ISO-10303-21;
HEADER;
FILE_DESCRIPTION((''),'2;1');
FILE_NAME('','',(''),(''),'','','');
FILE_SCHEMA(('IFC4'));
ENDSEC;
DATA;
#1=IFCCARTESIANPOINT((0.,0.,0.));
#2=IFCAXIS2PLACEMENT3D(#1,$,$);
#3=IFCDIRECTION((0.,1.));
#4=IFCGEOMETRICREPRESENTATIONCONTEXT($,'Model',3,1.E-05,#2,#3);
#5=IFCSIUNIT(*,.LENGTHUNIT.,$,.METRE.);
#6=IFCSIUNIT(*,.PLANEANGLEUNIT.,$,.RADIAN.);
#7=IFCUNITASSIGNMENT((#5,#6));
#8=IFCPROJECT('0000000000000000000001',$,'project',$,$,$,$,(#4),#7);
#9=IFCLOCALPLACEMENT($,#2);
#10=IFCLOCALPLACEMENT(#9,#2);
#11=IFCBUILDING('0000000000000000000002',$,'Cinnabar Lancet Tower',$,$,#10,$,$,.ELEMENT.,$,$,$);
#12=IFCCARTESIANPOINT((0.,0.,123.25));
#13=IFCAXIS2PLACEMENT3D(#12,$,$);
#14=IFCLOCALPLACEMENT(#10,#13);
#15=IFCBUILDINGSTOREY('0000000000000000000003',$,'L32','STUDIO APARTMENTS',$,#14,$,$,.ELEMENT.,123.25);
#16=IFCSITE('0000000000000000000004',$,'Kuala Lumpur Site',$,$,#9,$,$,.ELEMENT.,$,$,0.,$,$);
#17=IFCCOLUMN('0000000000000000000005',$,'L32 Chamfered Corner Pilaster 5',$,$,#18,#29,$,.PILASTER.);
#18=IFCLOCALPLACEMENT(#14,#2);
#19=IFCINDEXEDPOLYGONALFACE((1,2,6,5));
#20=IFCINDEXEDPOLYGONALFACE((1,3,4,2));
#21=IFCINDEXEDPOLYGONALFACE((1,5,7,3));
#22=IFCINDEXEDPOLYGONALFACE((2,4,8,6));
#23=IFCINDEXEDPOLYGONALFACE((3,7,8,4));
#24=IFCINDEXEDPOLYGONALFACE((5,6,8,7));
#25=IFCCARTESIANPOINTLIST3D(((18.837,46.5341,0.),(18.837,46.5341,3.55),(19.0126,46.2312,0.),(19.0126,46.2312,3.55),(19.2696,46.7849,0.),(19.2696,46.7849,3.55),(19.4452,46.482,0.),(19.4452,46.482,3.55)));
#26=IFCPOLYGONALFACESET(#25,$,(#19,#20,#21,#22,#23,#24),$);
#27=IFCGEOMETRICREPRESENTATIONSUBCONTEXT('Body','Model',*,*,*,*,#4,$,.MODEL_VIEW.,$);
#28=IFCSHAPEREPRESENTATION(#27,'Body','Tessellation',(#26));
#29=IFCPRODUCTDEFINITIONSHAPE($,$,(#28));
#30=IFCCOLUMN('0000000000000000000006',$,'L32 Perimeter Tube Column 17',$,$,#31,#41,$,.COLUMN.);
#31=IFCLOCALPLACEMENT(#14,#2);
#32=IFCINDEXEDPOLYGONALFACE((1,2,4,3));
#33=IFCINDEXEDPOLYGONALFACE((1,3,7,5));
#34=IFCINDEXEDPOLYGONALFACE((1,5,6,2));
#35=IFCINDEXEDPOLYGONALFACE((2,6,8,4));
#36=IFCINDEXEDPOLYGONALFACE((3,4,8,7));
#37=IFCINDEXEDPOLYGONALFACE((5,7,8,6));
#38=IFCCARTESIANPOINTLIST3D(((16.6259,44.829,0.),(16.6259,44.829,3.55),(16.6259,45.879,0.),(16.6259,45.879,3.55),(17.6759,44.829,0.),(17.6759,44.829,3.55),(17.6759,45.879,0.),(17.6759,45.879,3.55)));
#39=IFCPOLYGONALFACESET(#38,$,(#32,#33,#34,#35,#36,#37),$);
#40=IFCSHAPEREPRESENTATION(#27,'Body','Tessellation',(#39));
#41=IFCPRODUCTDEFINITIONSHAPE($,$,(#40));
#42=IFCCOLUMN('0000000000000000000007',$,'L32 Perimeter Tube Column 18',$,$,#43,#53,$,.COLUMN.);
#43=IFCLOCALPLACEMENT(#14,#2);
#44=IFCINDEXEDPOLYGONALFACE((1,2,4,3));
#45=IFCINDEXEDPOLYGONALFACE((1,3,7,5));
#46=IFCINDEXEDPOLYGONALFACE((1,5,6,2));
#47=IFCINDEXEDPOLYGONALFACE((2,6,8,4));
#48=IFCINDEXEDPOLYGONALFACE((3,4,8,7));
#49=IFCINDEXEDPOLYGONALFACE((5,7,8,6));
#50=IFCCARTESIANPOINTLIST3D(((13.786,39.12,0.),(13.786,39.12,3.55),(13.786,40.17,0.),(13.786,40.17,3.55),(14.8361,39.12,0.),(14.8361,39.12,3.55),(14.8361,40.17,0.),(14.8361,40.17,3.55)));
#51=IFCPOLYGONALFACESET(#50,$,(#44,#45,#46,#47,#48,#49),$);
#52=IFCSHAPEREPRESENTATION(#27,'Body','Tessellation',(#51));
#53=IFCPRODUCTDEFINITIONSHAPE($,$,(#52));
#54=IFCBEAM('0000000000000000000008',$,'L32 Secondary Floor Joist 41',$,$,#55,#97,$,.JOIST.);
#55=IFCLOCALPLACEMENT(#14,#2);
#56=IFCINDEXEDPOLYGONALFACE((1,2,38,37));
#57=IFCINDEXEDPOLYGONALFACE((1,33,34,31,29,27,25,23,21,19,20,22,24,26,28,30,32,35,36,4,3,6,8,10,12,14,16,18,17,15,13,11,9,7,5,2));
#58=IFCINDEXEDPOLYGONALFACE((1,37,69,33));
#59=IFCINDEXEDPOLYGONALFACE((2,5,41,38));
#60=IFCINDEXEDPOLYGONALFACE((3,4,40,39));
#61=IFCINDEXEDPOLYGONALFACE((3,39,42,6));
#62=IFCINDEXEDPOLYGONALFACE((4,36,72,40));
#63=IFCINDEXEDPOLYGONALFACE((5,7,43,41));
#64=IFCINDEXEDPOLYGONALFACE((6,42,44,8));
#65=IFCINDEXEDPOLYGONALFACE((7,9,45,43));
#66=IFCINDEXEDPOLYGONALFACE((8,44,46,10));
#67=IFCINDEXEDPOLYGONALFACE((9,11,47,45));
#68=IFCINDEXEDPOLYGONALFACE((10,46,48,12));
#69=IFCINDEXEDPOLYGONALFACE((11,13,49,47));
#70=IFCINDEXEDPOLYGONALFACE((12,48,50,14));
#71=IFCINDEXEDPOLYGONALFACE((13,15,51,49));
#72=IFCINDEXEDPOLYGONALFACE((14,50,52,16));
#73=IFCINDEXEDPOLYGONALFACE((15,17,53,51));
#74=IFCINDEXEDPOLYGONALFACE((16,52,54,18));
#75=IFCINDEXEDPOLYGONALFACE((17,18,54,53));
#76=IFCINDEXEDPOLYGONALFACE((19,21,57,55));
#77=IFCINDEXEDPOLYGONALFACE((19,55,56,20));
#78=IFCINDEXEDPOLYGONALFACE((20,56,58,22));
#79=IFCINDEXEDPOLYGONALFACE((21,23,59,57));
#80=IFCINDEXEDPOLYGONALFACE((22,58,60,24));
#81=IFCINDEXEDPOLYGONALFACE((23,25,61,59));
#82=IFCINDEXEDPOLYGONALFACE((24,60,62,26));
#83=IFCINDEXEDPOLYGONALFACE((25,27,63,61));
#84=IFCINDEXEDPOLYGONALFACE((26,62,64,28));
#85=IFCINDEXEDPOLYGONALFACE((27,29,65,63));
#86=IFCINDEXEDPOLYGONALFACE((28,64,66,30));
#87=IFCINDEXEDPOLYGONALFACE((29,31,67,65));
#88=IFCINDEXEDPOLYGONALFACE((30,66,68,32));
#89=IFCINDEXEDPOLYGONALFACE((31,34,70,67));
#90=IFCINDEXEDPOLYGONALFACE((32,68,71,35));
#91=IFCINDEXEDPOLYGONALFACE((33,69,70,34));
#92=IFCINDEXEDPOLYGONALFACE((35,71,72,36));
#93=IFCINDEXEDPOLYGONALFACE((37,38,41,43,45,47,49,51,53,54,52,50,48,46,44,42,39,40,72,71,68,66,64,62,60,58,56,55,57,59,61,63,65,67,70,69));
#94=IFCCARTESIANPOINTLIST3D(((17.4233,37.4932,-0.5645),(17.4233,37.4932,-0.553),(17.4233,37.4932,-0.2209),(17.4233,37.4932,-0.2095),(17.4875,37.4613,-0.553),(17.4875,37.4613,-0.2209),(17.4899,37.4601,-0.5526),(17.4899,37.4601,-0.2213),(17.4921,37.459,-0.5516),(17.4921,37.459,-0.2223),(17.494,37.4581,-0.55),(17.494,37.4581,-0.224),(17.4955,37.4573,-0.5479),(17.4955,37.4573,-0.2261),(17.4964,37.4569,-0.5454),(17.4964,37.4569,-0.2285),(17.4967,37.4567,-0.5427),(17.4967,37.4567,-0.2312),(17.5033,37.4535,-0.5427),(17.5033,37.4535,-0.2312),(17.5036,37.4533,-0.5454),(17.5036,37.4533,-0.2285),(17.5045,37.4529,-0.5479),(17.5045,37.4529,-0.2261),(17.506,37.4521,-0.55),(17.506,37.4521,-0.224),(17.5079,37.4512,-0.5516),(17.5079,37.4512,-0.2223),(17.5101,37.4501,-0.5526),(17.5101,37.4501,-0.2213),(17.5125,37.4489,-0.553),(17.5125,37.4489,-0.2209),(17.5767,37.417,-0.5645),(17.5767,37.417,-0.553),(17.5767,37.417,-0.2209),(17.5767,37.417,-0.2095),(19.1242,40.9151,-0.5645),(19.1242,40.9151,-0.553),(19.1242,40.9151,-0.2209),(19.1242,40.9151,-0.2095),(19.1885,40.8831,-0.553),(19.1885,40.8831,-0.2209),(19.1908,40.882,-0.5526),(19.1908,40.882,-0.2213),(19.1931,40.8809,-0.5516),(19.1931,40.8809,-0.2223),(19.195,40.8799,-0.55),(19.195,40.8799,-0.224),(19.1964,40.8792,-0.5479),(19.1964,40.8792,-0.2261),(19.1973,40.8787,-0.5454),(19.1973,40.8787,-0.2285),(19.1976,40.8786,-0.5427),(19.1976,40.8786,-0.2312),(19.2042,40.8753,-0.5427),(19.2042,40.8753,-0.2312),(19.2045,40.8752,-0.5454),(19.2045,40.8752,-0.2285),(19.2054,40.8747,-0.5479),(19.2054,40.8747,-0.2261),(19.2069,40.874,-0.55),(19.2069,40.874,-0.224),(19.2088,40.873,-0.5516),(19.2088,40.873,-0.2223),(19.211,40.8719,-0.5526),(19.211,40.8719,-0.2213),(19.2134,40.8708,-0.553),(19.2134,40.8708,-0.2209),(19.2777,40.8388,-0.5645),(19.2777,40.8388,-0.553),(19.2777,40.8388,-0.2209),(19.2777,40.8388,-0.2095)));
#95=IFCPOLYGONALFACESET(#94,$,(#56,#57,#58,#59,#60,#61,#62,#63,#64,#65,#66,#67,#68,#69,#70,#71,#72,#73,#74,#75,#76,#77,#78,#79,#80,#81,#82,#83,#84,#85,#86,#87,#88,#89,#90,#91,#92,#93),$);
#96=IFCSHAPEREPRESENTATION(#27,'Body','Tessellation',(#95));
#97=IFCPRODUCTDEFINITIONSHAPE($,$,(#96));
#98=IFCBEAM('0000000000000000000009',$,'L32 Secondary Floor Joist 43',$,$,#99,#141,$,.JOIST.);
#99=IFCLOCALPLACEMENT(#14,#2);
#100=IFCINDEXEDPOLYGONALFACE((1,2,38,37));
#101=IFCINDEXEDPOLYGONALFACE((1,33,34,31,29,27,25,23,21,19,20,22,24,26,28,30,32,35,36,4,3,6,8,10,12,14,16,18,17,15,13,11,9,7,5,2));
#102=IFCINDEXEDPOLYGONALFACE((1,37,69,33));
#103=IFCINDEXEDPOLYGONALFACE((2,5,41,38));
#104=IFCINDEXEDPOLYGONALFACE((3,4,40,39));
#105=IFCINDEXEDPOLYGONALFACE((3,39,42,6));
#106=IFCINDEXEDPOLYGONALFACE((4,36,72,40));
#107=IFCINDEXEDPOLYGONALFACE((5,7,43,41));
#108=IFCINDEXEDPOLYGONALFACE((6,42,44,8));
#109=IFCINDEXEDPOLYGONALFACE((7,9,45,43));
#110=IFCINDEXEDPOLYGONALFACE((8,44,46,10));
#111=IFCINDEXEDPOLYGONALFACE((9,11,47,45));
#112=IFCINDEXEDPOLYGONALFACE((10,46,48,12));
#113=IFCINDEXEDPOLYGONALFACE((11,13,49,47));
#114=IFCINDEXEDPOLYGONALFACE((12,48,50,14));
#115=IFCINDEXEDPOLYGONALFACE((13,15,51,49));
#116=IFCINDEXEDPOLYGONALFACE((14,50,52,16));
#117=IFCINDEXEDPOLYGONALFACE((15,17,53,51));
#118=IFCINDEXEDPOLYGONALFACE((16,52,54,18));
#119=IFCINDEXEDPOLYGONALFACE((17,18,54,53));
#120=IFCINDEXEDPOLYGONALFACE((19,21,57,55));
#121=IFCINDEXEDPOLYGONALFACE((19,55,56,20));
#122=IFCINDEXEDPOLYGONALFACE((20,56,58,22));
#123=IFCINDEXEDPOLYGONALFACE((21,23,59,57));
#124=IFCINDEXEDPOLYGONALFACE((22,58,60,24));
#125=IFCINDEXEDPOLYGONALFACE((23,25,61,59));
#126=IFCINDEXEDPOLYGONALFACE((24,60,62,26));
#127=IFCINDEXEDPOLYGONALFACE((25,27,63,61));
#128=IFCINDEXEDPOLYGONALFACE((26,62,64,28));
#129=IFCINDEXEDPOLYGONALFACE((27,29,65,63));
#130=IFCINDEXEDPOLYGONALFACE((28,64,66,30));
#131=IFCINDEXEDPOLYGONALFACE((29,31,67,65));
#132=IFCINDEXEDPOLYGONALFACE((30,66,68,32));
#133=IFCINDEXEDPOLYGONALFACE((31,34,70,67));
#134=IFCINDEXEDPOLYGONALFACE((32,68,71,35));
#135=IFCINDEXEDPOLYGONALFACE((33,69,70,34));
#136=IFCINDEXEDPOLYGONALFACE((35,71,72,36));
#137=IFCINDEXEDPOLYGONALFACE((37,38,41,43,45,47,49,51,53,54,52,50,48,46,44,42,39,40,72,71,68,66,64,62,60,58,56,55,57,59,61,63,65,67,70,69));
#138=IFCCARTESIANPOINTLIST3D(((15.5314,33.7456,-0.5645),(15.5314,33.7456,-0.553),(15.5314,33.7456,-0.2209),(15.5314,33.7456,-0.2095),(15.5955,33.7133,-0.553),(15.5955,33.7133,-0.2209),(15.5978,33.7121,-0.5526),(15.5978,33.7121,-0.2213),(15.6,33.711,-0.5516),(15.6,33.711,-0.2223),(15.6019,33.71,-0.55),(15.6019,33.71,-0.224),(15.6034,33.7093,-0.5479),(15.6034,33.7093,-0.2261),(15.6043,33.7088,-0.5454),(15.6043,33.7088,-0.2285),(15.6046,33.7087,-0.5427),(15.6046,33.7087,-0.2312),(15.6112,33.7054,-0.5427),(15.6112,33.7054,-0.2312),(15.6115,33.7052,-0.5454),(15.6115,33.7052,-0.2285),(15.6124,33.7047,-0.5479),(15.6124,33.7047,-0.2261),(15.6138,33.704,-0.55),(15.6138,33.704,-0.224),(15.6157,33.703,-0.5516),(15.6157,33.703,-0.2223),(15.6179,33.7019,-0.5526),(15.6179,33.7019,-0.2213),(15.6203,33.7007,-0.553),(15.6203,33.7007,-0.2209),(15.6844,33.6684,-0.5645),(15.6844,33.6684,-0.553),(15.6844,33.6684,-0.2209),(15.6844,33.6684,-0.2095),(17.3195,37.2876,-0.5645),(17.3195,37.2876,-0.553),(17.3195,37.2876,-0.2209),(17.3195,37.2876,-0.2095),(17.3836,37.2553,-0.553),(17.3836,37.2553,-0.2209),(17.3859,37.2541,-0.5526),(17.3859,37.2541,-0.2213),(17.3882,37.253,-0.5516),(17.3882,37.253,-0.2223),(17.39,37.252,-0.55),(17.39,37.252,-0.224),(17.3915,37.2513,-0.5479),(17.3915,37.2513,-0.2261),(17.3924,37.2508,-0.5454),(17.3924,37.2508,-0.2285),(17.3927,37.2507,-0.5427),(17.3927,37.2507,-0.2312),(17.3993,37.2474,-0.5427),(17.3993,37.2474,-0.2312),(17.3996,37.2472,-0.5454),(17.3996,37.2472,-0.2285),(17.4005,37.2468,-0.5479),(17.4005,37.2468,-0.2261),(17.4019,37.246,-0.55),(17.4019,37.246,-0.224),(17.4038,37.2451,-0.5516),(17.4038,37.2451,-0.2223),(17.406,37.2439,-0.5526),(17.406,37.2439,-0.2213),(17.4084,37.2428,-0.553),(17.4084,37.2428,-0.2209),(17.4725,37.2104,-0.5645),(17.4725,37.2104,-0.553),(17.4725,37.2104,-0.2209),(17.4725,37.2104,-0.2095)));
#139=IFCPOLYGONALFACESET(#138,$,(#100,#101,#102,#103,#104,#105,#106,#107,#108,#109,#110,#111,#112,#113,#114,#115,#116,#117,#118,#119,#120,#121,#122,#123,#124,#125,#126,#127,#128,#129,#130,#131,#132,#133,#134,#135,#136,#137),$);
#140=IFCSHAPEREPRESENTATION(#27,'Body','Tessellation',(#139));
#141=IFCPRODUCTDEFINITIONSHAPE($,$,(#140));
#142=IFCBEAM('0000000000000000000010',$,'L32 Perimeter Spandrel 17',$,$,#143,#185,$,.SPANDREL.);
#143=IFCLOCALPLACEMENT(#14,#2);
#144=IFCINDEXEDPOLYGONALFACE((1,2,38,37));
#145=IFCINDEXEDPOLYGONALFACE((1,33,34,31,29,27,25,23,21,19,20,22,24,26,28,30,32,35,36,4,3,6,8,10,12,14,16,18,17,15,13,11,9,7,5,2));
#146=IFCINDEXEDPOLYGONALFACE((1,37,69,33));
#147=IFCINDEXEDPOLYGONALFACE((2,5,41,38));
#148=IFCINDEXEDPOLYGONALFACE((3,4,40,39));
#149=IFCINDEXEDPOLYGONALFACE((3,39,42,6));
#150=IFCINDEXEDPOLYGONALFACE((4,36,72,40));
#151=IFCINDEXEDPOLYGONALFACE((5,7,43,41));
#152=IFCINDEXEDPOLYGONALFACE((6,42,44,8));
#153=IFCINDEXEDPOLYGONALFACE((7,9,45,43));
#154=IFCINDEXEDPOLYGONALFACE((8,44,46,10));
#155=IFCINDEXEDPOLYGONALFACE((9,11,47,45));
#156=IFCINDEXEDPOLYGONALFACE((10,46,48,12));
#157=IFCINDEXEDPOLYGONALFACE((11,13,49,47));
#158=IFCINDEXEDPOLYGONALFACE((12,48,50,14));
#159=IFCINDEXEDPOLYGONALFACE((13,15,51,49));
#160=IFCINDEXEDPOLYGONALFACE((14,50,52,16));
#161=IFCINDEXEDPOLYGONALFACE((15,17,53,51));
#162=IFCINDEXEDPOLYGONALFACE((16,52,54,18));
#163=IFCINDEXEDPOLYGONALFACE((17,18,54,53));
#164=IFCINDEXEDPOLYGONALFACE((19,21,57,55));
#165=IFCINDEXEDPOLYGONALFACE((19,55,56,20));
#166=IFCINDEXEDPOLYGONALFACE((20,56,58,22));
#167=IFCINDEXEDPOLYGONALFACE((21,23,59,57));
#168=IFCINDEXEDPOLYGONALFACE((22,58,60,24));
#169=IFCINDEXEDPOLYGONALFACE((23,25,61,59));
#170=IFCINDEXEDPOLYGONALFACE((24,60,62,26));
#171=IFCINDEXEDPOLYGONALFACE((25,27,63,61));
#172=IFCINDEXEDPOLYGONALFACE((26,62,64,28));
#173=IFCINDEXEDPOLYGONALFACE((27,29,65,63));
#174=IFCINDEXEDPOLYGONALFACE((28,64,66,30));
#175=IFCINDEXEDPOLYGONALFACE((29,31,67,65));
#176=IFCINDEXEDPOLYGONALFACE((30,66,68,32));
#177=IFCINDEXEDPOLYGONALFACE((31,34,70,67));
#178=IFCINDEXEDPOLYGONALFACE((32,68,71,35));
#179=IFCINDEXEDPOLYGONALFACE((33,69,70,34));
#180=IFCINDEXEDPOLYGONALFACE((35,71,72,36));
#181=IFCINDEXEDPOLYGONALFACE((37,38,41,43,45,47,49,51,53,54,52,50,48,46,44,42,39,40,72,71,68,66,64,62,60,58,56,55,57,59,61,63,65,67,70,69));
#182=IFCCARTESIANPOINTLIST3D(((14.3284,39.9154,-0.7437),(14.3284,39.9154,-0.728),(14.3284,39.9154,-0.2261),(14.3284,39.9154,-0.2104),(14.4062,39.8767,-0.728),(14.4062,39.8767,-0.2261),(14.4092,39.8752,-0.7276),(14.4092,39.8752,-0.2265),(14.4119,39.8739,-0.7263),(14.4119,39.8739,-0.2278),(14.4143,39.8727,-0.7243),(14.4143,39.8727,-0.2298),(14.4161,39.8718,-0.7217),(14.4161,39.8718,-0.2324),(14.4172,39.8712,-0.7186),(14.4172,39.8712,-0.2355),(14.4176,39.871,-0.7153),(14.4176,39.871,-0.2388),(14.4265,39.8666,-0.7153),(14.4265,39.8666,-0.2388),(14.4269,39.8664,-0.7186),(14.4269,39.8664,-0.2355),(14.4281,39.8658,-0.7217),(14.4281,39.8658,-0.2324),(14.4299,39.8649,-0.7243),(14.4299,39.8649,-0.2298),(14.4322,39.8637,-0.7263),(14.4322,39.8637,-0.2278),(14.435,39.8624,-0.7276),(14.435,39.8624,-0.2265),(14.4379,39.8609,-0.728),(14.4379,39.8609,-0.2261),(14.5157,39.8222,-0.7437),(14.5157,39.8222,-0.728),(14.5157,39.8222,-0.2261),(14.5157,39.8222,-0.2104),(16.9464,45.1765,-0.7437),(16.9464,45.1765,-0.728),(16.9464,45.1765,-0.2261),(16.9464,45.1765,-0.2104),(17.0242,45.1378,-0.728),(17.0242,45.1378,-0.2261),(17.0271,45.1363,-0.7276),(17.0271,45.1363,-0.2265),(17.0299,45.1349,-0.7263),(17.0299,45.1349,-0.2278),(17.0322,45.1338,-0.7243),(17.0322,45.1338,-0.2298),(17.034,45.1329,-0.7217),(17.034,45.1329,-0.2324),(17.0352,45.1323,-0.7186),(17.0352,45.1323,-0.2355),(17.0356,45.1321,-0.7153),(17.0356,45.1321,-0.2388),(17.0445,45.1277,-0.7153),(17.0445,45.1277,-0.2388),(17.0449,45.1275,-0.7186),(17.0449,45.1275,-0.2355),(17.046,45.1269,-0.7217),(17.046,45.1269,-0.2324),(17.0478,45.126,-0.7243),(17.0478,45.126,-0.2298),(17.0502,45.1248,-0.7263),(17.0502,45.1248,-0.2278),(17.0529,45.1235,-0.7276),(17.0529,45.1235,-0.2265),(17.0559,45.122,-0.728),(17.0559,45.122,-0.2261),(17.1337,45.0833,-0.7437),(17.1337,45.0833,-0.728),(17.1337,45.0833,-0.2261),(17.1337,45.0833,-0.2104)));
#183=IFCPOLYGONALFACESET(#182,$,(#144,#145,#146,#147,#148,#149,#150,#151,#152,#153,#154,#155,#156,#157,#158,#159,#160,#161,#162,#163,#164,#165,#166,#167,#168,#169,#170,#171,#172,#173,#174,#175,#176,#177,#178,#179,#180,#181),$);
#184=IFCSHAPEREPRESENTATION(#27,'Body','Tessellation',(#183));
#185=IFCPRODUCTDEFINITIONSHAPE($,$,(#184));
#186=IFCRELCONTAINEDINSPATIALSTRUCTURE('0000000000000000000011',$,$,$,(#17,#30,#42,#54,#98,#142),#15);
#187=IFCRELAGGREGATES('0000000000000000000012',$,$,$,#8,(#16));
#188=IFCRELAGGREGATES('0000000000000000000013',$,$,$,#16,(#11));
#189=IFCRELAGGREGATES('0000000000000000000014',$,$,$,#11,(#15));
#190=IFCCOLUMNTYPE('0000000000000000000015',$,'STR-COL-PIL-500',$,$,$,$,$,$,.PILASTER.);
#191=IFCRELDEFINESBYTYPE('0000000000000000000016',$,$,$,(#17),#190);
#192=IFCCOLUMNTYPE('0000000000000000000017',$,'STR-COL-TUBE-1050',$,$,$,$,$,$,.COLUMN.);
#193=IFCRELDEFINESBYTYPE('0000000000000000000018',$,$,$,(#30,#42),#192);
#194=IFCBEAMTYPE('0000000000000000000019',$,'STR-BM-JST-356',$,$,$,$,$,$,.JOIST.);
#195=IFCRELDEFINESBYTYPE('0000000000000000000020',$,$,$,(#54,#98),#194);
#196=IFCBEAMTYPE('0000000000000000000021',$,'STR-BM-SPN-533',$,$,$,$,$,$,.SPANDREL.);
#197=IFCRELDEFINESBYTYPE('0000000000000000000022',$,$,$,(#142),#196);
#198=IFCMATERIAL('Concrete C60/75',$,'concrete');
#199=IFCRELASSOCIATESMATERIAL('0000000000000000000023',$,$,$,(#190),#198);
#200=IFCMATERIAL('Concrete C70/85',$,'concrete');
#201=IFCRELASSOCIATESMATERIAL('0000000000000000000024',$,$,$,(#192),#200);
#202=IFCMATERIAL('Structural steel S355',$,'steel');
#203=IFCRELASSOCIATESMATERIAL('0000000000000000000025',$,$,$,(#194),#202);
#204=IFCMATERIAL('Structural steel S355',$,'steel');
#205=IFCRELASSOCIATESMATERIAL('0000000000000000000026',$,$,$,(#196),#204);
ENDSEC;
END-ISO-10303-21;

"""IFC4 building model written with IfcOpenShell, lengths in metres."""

from ifc_helpers import new_model, si_unit, direction, frame, origin, origin_2d, place, context, subcontext, project, spatial, rectangle, i_section, extrude, material, material_profile, profile_set, type_object, element, save


model = new_model("IFC4")

# Units and contexts
model_context = context("Model", 3, precision=1e-05, world=origin(), true_north=direction((0.0, 1.0)))
body_context = subcontext(model_context, "Body", "Model", "MODEL_VIEW")
ifc_project = project(units=[si_unit("LENGTHUNIT", "METRE"), si_unit("PLANEANGLEUNIT", "RADIAN")], contexts=[model_context])

# Site, building, storey
site_placement = place(None, origin())
site = spatial("IfcSite", under=ifc_project, at=site_placement, Name="Kuala Lumpur Site", CompositionType="ELEMENT", RefElevation=0.0)
building_placement = place(site_placement, origin())
building = spatial("IfcBuilding", under=site, at=building_placement, Name="Cinnabar Lancet Tower", CompositionType="ELEMENT")
storey_placement = place(building_placement, frame((0.0, 0.0, 123.25)))
storey = spatial("IfcBuildingStorey", under=building, at=storey_placement, Name="L32", Description="STUDIO APARTMENTS", CompositionType="ELEMENT", Elevation=123.25)

# Columns
ifc_material_1 = material(Name="Concrete C60/75", Category="concrete")
ifc_material_profile_1 = material_profile(ifc_material_1, rectangle(XDim=0.5, YDim=0.3501, at=origin_2d()), Name="RC-PIL 500x350")
ifc_profile_set_1 = profile_set([ifc_material_profile_1], Name="Concrete C60/75")
column_type_1 = type_object("IfcColumnType", Name="STR-COL-PIL-500", PredefinedType="PILASTER", material=ifc_profile_set_1)
column_placement = place(storey_placement, frame((19.1411, 46.5081, 0.0), z_axis=(0.0, 0.0, 1.0), x_axis=(-0.86516, -0.501496, 0.0)))
element("IfcColumn", 1, at=column_placement, inside=storey, type_object=column_type_1, Name="L32 Chamfered Corner Pilaster 5", PredefinedType="PILASTER", context=body_context, shape_type="SweptSolid", body=[
    extrude(rectangle(XDim=0.5, YDim=0.3501, at=origin_2d()), origin(), (0.0, 0.0, 1.0), 3.55),
])
ifc_material_2 = material(Name="Concrete C70/85", Category="concrete")
ifc_material_profile_2 = material_profile(ifc_material_2, rectangle(XDim=1.05, YDim=1.05, at=origin_2d()), Name="RC-COL 1050x1050")
ifc_profile_set_2 = profile_set([ifc_material_profile_2], Name="Concrete C70/85")
column_type_2 = type_object("IfcColumnType", Name="STR-COL-TUBE-1050", PredefinedType="COLUMN", material=ifc_profile_set_2)
for number, where, z_axis, x_axis, name in (
    (2, (17.1509, 45.354, 0.0), (0.0, 0.0, 1.0), (1.0, 0.0, 0.0), "L32 Perimeter Tube Column 17"),
    (3, (14.311, 39.645, 0.0), (0.0, 0.0, 1.0), (1.0, 0.0, 0.0), "L32 Perimeter Tube Column 18"),
):
    element("IfcColumn", number, at=place(storey_placement, frame(where, z_axis=z_axis, x_axis=x_axis)), inside=storey, type_object=column_type_2, Name=name, PredefinedType="COLUMN", context=body_context, shape_type="SweptSolid", body=[
        extrude(rectangle(XDim=1.05, YDim=1.05, at=origin_2d()), origin(), (0.0, 0.0, 1.0), 3.55),
    ])

# Beams
ifc_material_3 = material(Name="Structural steel S355", Category="steel")
ifc_material_profile_3 = material_profile(ifc_material_3, i_section(OverallWidth=0.1714, OverallDepth=0.355, WebThickness=0.0073, FlangeThickness=0.0115, FilletRadius=0.0103, at=origin_2d()), Name="UKB 356x171x51")
ifc_profile_set_3 = profile_set([ifc_material_profile_3], Name="Structural steel S355")
beam_type_1 = type_object("IfcBeamType", Name="STR-BM-JST-356", PredefinedType="JOIST", material=ifc_profile_set_3)
beam_1_placement = place(storey_placement, frame((19.2009, 40.877, -0.387), z_axis=(-0.445117, -0.895473, 0.0), x_axis=(0.895473, -0.445117, 0.0)))
element("IfcBeam", 4, at=beam_1_placement, inside=storey, type_object=beam_type_1, Name="L32 Secondary Floor Joist 41", PredefinedType="JOIST", context=body_context, shape_type="SweptSolid", body=[
    extrude(i_section(OverallWidth=0.1714, OverallDepth=0.355, WebThickness=0.0073, FlangeThickness=0.0115, FilletRadius=0.0103, at=origin_2d()), origin(), (0.0, 0.0, 1.0), 3.8213),
])
beam_2_placement = place(storey_placement, frame((17.396, 37.249, -0.387), z_axis=(-0.450656, -0.892698, 0.0), x_axis=(0.892698, -0.450656, 0.0)))
element("IfcBeam", 5, at=beam_2_placement, inside=storey, type_object=beam_type_1, Name="L32 Secondary Floor Joist 43", PredefinedType="JOIST", context=body_context, shape_type="SweptSolid", body=[
    extrude(i_section(OverallWidth=0.1714, OverallDepth=0.355, WebThickness=0.0073, FlangeThickness=0.0115, FilletRadius=0.0103, at=origin_2d()), origin(), (0.0, 0.0, 1.0), 3.9678),
])
ifc_material_4 = material(Name="Structural steel S355", Category="steel")
ifc_material_profile_4 = material_profile(ifc_material_4, i_section(OverallWidth=0.2092, OverallDepth=0.5332, WebThickness=0.01, FlangeThickness=0.0156, FilletRadius=0.0127, at=origin_2d()), Name="UKB 533x210x92")
ifc_profile_set_4 = profile_set([ifc_material_profile_4], Name="Structural steel S355")
beam_type_2 = type_object("IfcBeamType", Name="STR-BM-SPN-533", PredefinedType="SPANDREL", material=ifc_profile_set_4)
beam_3_placement = place(storey_placement, frame((17.04, 45.1299, -0.4771), z_axis=(-0.445501, -0.895281, 0.0), x_axis=(0.895281, -0.445501, 0.0)))
element("IfcBeam", 6, at=beam_3_placement, inside=storey, type_object=beam_type_2, Name="L32 Perimeter Spandrel 17", PredefinedType="SPANDREL", context=body_context, shape_type="SweptSolid", body=[
    extrude(i_section(OverallWidth=0.2092, OverallDepth=0.5332, WebThickness=0.01, FlangeThickness=0.0156, FilletRadius=0.0127, at=origin_2d()), origin(), (0.0, 0.0, 1.0), 5.8765),
])

save(model, "model.ifc")
